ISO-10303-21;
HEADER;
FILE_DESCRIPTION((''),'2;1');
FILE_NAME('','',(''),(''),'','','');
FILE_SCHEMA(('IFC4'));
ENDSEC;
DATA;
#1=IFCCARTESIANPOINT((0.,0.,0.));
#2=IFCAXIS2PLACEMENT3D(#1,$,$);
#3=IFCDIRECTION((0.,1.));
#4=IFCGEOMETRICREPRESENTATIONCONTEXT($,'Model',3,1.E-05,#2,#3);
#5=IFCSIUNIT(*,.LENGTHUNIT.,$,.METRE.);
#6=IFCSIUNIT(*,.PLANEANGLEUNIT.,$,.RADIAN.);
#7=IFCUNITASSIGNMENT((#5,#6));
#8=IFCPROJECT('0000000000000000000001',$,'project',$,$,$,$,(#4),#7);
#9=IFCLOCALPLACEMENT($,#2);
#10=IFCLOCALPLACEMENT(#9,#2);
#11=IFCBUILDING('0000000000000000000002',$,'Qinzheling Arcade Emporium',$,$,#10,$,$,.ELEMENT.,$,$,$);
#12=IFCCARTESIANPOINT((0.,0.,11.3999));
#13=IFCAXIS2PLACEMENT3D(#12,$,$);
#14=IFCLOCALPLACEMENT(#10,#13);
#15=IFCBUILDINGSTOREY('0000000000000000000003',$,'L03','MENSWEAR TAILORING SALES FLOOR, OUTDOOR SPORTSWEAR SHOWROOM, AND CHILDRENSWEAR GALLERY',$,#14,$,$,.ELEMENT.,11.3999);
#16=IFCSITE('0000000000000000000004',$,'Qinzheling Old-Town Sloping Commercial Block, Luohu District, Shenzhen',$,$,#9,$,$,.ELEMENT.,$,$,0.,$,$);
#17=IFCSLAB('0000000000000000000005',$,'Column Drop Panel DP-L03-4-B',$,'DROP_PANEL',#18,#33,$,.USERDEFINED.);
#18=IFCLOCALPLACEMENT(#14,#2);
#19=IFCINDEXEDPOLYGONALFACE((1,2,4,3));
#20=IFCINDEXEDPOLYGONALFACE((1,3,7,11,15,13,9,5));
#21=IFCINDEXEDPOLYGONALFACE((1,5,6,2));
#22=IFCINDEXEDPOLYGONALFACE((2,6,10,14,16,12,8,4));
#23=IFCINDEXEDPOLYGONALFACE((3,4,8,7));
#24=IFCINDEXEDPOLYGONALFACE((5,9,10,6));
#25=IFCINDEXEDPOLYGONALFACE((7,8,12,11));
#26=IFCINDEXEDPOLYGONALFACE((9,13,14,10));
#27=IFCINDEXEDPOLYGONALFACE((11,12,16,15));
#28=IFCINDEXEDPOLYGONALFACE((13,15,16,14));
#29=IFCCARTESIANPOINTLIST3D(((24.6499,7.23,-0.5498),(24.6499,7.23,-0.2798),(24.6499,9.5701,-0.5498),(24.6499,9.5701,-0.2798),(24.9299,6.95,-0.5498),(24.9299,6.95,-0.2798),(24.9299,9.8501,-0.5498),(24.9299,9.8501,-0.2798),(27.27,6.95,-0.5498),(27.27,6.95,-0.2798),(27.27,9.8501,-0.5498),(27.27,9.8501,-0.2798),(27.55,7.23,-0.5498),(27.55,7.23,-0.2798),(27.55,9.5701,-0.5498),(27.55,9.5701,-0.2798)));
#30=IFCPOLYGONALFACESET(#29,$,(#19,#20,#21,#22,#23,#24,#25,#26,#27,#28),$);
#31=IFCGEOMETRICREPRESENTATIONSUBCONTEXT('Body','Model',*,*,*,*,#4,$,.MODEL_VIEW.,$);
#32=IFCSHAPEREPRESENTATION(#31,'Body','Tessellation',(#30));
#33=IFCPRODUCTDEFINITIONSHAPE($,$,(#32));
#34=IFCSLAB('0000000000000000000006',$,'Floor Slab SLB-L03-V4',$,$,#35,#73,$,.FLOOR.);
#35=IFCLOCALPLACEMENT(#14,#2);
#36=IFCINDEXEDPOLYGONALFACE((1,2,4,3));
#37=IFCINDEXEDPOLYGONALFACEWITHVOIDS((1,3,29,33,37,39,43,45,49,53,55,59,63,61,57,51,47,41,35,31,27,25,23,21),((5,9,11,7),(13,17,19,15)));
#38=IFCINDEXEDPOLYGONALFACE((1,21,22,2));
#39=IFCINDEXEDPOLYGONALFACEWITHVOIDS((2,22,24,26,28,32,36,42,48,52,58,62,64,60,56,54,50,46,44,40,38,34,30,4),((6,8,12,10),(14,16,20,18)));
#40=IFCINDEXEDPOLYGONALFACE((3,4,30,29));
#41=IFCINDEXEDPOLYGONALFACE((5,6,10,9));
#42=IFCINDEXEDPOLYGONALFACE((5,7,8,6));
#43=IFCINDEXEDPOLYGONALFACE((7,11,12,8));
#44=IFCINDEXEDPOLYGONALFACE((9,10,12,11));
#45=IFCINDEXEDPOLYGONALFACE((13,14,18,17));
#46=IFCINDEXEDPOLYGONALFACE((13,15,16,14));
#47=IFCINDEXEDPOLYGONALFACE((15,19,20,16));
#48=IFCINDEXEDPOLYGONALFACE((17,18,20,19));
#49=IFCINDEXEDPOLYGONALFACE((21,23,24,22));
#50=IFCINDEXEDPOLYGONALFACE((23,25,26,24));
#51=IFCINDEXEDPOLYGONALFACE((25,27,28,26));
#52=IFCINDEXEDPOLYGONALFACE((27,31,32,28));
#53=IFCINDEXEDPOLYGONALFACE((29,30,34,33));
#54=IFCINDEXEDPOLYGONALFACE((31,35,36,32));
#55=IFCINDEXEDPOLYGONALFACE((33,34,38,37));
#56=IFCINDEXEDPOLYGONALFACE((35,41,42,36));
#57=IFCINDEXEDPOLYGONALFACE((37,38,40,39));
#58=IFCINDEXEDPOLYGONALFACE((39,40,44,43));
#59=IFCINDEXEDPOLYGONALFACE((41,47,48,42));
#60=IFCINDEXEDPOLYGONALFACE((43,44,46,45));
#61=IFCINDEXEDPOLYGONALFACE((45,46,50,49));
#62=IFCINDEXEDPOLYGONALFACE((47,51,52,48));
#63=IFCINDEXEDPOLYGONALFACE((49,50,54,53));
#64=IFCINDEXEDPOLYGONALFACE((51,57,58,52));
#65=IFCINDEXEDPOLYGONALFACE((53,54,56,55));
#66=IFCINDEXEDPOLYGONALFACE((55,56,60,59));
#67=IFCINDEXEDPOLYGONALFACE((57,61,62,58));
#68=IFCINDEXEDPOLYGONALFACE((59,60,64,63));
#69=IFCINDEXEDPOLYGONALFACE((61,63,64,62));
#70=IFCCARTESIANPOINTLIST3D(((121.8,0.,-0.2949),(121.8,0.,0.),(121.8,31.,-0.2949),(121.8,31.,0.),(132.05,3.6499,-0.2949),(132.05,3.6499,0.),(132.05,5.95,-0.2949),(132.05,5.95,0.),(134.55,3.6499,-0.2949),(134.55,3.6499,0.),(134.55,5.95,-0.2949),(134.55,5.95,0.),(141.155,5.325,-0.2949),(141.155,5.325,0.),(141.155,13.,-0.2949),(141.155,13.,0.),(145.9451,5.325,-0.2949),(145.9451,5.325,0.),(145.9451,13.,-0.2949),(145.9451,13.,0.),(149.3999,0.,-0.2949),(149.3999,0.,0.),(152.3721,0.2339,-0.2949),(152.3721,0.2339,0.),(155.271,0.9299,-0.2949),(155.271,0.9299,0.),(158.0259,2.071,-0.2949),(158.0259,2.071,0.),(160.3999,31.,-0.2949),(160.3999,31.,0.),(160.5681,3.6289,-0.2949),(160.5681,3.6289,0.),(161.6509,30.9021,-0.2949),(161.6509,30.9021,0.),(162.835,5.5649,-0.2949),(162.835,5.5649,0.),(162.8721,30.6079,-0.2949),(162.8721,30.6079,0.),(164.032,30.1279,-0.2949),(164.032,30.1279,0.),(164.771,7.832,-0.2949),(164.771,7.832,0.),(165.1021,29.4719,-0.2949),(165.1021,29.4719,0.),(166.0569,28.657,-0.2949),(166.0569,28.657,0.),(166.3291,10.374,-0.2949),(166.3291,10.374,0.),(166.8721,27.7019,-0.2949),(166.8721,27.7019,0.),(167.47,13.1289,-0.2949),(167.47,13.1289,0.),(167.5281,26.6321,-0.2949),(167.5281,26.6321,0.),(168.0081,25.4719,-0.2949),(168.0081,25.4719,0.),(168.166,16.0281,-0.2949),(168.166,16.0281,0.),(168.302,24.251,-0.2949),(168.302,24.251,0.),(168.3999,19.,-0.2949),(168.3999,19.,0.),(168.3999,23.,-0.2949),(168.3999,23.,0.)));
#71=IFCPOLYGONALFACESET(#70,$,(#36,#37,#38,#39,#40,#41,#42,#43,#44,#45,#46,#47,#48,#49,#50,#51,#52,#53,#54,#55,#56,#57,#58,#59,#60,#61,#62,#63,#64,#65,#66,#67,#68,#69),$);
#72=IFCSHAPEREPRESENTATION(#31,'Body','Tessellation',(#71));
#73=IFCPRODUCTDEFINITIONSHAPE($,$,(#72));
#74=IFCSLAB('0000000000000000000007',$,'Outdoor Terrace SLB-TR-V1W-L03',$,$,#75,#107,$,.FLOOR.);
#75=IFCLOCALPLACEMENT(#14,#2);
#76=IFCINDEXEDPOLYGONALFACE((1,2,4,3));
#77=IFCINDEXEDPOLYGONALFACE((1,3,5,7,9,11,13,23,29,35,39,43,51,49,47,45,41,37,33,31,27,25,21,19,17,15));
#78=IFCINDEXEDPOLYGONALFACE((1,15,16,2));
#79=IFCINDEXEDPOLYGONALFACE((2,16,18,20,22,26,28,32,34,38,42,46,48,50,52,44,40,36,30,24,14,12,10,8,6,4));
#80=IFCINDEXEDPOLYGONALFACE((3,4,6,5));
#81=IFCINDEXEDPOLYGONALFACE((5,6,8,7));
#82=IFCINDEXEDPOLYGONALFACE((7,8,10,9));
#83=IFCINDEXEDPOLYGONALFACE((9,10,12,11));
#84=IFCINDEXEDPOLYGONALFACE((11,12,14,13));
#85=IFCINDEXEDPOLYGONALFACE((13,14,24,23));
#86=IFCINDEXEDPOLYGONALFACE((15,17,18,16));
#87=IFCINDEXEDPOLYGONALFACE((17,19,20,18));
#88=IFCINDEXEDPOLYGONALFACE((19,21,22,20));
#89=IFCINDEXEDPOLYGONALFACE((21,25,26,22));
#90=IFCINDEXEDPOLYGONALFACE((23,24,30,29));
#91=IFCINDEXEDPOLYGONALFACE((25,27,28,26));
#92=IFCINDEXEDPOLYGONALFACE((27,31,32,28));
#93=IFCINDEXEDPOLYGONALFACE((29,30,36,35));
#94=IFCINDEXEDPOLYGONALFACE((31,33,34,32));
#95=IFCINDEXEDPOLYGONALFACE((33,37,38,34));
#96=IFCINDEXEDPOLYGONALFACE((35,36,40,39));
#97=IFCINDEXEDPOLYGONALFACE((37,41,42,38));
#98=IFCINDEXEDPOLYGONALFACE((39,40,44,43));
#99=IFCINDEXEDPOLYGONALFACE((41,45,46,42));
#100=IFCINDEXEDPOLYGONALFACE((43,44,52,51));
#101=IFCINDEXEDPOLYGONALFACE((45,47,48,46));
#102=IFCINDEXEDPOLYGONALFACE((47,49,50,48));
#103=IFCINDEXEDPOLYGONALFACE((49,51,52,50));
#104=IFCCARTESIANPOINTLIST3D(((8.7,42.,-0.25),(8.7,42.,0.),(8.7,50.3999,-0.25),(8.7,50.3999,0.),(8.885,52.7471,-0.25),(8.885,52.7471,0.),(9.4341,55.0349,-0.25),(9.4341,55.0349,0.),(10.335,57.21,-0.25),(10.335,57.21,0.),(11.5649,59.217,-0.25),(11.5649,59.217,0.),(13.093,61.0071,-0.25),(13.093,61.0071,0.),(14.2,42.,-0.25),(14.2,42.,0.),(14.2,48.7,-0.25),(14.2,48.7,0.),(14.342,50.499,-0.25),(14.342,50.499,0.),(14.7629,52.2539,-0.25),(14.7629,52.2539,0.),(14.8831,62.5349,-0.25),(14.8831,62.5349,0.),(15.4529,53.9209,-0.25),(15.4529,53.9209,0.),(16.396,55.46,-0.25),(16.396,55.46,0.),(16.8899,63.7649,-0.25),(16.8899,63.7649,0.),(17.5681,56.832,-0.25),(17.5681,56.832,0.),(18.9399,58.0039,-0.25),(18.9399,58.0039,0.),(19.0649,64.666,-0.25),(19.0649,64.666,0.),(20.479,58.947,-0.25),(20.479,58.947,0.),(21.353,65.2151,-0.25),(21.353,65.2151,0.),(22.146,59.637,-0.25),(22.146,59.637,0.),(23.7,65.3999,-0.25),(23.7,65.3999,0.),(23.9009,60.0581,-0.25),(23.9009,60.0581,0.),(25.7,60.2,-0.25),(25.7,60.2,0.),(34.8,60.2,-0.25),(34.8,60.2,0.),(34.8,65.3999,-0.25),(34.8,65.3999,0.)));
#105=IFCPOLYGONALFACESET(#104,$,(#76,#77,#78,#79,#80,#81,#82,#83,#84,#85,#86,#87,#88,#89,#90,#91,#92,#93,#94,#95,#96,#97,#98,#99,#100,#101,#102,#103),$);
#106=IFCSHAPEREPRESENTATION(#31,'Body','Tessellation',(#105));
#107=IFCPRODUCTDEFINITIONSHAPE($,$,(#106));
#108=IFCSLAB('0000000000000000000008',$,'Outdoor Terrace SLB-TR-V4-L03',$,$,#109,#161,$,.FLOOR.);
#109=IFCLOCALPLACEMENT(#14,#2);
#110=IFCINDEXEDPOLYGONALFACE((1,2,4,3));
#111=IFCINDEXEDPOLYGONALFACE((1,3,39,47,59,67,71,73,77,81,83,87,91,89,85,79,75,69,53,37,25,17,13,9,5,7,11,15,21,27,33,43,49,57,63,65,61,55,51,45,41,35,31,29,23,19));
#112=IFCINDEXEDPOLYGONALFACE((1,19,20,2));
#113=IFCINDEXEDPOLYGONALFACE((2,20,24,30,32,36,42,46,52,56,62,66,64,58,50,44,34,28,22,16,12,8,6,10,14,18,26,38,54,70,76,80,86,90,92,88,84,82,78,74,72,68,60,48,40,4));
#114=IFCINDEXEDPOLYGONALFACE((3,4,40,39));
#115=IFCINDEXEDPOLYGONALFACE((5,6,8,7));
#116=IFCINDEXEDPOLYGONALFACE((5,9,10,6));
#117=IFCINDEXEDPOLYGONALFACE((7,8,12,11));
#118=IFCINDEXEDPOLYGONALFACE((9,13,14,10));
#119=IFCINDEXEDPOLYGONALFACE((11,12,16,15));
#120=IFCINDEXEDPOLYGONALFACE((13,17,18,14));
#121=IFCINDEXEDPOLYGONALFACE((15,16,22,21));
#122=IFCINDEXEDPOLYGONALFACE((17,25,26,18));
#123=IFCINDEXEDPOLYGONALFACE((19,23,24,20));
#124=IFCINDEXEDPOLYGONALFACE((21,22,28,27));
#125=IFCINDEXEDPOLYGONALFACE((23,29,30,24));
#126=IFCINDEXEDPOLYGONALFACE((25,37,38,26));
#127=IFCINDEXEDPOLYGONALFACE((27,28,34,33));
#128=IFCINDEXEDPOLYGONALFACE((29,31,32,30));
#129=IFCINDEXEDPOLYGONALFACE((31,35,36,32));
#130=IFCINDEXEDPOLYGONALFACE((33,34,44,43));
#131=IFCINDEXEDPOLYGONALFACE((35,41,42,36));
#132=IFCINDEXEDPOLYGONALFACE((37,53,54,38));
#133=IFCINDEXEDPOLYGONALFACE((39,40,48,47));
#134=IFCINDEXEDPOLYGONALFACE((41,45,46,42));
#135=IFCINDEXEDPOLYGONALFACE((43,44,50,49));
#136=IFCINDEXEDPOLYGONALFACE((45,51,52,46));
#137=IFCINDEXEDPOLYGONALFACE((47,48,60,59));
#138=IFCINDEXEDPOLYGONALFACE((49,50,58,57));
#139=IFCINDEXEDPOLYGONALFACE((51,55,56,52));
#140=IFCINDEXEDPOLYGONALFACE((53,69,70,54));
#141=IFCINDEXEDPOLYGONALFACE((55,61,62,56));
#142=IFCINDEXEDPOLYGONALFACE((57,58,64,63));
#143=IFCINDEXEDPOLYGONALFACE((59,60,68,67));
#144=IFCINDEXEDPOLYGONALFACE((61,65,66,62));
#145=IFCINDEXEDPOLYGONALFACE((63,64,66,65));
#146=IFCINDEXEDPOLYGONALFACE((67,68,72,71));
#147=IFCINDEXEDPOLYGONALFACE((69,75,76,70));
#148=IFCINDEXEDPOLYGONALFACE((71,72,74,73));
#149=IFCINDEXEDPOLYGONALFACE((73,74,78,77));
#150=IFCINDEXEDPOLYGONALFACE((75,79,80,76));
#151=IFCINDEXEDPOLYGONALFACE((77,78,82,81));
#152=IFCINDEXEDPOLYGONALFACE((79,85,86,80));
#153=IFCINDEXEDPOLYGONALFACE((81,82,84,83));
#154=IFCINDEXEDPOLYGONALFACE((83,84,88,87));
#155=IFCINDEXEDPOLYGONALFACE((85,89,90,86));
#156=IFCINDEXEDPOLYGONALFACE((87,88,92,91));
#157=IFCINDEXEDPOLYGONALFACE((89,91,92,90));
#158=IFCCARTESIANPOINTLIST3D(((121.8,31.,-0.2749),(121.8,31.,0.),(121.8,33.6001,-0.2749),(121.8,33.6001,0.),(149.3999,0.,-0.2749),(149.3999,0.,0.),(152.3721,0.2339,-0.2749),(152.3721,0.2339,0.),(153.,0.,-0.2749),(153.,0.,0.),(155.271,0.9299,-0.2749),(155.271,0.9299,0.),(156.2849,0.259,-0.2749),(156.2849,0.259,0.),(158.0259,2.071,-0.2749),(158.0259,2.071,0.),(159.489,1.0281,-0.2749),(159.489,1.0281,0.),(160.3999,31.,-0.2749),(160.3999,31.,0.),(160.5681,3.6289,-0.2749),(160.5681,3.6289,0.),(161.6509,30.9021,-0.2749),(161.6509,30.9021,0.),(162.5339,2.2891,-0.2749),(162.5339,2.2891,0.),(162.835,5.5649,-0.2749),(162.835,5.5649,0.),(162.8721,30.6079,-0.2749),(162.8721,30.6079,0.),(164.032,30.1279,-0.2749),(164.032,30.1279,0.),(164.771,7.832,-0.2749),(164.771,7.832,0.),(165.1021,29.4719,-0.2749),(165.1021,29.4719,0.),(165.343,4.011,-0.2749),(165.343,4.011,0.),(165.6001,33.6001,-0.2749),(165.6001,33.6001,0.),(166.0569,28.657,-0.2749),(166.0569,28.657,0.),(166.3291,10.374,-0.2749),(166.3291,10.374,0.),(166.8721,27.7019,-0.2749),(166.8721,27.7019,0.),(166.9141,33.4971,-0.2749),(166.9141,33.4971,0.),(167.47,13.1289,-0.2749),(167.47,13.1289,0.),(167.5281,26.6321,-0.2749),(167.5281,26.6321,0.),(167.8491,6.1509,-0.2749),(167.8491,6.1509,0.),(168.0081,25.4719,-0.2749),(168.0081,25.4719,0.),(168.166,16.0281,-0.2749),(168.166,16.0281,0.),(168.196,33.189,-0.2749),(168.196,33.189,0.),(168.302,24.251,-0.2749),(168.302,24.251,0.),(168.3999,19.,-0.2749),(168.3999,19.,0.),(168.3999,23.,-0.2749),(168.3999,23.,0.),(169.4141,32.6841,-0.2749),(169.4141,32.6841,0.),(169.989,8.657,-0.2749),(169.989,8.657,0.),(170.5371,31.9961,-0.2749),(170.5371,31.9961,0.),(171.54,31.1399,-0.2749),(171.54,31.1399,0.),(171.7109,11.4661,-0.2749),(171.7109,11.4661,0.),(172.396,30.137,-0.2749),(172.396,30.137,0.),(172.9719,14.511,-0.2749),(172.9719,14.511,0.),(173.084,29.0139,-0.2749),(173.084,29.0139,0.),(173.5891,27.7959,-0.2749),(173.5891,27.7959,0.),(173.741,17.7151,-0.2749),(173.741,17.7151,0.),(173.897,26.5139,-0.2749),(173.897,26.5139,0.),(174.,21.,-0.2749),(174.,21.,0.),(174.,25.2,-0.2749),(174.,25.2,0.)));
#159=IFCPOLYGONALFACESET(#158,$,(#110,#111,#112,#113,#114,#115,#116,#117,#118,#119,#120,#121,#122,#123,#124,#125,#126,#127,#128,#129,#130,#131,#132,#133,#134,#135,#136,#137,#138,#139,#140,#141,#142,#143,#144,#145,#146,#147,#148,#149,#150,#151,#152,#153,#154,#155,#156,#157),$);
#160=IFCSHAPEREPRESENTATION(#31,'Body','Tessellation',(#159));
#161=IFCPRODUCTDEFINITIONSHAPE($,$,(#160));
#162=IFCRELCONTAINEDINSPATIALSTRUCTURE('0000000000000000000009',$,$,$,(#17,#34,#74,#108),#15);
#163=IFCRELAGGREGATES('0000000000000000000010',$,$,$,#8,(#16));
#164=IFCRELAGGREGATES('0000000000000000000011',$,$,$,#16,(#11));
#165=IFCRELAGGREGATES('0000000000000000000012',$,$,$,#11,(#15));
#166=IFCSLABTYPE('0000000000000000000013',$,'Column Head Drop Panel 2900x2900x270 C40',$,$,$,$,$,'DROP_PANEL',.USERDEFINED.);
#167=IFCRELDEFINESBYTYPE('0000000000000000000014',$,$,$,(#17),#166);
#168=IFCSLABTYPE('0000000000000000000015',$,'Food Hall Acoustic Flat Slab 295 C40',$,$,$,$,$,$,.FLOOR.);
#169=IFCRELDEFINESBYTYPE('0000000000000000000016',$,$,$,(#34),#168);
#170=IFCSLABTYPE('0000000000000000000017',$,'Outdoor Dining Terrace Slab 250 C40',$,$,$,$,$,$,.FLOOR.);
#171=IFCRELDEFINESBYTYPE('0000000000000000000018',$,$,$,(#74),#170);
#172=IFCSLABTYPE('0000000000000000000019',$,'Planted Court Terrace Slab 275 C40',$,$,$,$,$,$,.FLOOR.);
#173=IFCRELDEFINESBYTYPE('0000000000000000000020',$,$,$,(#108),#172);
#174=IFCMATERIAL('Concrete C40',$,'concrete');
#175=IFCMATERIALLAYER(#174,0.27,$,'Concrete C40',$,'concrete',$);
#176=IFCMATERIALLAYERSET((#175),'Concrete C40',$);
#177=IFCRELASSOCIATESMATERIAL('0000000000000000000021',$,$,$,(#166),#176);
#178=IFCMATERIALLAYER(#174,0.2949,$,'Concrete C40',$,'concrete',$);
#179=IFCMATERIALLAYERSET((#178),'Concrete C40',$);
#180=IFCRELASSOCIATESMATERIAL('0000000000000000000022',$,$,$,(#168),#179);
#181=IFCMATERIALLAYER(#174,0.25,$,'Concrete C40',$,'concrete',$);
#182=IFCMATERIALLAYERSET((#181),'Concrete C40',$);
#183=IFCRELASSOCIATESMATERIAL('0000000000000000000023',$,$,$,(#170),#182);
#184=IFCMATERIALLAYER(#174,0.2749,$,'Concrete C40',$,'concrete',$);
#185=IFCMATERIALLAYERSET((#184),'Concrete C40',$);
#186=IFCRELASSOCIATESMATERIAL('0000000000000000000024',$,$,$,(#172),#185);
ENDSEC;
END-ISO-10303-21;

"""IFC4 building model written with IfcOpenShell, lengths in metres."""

from ifc_helpers import new_model, si_unit, direction, frame, origin, place, context, subcontext, project, spatial, polyline, outline, extrude, material, layer, layer_set, type_object, element, save


model = new_model("IFC4")

# Units and contexts
model_context = context("Model", 3, precision=1e-05, world=origin(), true_north=direction((0.0, 1.0)))
body_context = subcontext(model_context, "Body", "Model", "MODEL_VIEW")
ifc_project = project(units=[si_unit("LENGTHUNIT", "METRE"), si_unit("PLANEANGLEUNIT", "RADIAN")], contexts=[model_context])

# Site, building, storey
site_placement = place(None, origin())
site = spatial("IfcSite", under=ifc_project, at=site_placement, Name="Qinzheling Old-Town Sloping Commercial Block, Luohu District, Shenzhen", CompositionType="ELEMENT", RefElevation=0.0)
building_placement = place(site_placement, origin())
building = spatial("IfcBuilding", under=site, at=building_placement, Name="Qinzheling Arcade Emporium", CompositionType="ELEMENT")
storey_placement = place(building_placement, frame((0.0, 0.0, 11.3999)))
storey = spatial("IfcBuildingStorey", under=building, at=storey_placement, Name="L03", Description="MENSWEAR TAILORING SALES FLOOR, OUTDOOR SPORTSWEAR SHOWROOM, AND CHILDRENSWEAR GALLERY", CompositionType="ELEMENT", Elevation=11.3999)

# Slabs
ifc_material = material(Name="Concrete C40", Category="concrete")
ifc_layer_1 = layer(ifc_material, 0.27, Name="Concrete C40", Category="concrete")
ifc_layer_set_1 = layer_set([ifc_layer_1], Name="Concrete C40")
slab_type_1 = type_object("IfcSlabType", Name="Column Head Drop Panel 2900x2900x270 C40", ElementType="DROP_PANEL", PredefinedType="USERDEFINED", material=ifc_layer_set_1)
slab_1_placement = place(storey_placement, frame((0.0, 0.0, -0.5498)))
element("IfcSlab", 1, at=slab_1_placement, inside=storey, type_object=slab_type_1, Name="Column Drop Panel DP-L03-4-B", ObjectType="DROP_PANEL", PredefinedType="USERDEFINED", context=body_context, shape_type="SweptSolid", body=[
    extrude(outline(polyline([(24.9299, 6.95), (27.27, 6.95), (27.55, 7.23), (27.55, 9.5701), (27.27, 9.8501), (24.9299, 9.8501), (24.6499, 9.5701), (24.6499, 7.23), (24.9299, 6.95)])), origin(), (0.0, 0.0, 1.0), 0.27),
])
ifc_layer_2 = layer(ifc_material, 0.2949, Name="Concrete C40", Category="concrete")
ifc_layer_set_2 = layer_set([ifc_layer_2], Name="Concrete C40")
slab_type_2 = type_object("IfcSlabType", Name="Food Hall Acoustic Flat Slab 295 C40", PredefinedType="FLOOR", material=ifc_layer_set_2)
slab_2_placement = place(storey_placement, frame((0.0, 0.0, -0.2949)))
element("IfcSlab", 2, at=slab_2_placement, inside=storey, type_object=slab_type_2, Name="Floor Slab SLB-L03-V4", PredefinedType="FLOOR", context=body_context, shape_type="SweptSolid", body=[
    extrude(outline(polyline([(121.8, 31.0), (121.8, 0.0), (149.3999, 0.0), (152.3721, 0.2339), (155.271, 0.9299), (158.0259, 2.071), (160.5681, 3.6289), (162.835, 5.5649), (164.771, 7.832), (166.3291, 10.374), (167.47, 13.1289), (168.166, 16.0281), (168.3999, 19.0), (168.3999, 23.0), (168.302, 24.251), (168.0081, 25.4719), (167.5281, 26.6321), (166.8721, 27.7019), (166.0569, 28.657), (165.1021, 29.4719), (164.032, 30.1279), (162.8721, 30.6079), (161.6509, 30.9021), (160.3999, 31.0), (121.8, 31.0)]), holes=[polyline([(141.155, 5.325), (141.155, 13.0), (145.9451, 13.0), (145.9451, 5.325), (141.155, 5.325)]), polyline([(134.55, 3.6499), (132.05, 3.6499), (132.05, 5.95), (134.55, 5.95), (134.55, 3.6499)])]), origin(), (0.0, 0.0, 1.0), 0.2949),
])
ifc_layer_3 = layer(ifc_material, 0.25, Name="Concrete C40", Category="concrete")
ifc_layer_set_3 = layer_set([ifc_layer_3], Name="Concrete C40")
slab_type_3 = type_object("IfcSlabType", Name="Outdoor Dining Terrace Slab 250 C40", PredefinedType="FLOOR", material=ifc_layer_set_3)
slab_3_placement = place(storey_placement, frame((0.0, 0.0, -0.25)))
element("IfcSlab", 3, at=slab_3_placement, inside=storey, type_object=slab_type_3, Name="Outdoor Terrace SLB-TR-V1W-L03", PredefinedType="FLOOR", context=body_context, shape_type="SweptSolid", body=[
    extrude(outline(polyline([(8.7, 42.0), (14.2, 42.0), (14.2, 48.7), (14.342, 50.499), (14.7629, 52.2539), (15.4529, 53.9209), (16.396, 55.46), (17.5681, 56.832), (18.9399, 58.0039), (20.479, 58.947), (22.146, 59.637), (23.9009, 60.0581), (25.7, 60.2), (34.8, 60.2), (34.8, 65.3999), (23.7, 65.3999), (21.353, 65.2151), (19.0649, 64.666), (16.8899, 63.7649), (14.8831, 62.5349), (13.093, 61.0071), (11.5649, 59.217), (10.335, 57.21), (9.4341, 55.0349), (8.885, 52.7471), (8.7, 50.3999), (8.7, 42.0)])), origin(), (0.0, 0.0, 1.0), 0.25),
])
ifc_layer_4 = layer(ifc_material, 0.2749, Name="Concrete C40", Category="concrete")
ifc_layer_set_4 = layer_set([ifc_layer_4], Name="Concrete C40")
slab_type_4 = type_object("IfcSlabType", Name="Planted Court Terrace Slab 275 C40", PredefinedType="FLOOR", material=ifc_layer_set_4)
slab_4_placement = place(storey_placement, frame((0.0, 0.0, -0.2749)))
element("IfcSlab", 4, at=slab_4_placement, inside=storey, type_object=slab_type_4, Name="Outdoor Terrace SLB-TR-V4-L03", PredefinedType="FLOOR", context=body_context, shape_type="SweptSolid", body=[
    extrude(outline(polyline([(121.8, 33.6001), (121.8, 31.0), (160.3999, 31.0), (161.6509, 30.9021), (162.8721, 30.6079), (164.032, 30.1279), (165.1021, 29.4719), (166.0569, 28.657), (166.8721, 27.7019), (167.5281, 26.6321), (168.0081, 25.4719), (168.302, 24.251), (168.3999, 23.0), (168.3999, 19.0), (168.166, 16.0281), (167.47, 13.1289), (166.3291, 10.374), (164.771, 7.832), (162.835, 5.5649), (160.5681, 3.6289), (158.0259, 2.071), (155.271, 0.9299), (152.3721, 0.2339), (149.3999, 0.0), (153.0, 0.0), (156.2849, 0.259), (159.489, 1.0281), (162.5339, 2.2891), (165.343, 4.011), (167.8491, 6.1509), (169.989, 8.657), (171.7109, 11.4661), (172.9719, 14.511), (173.741, 17.7151), (174.0, 21.0), (174.0, 25.2), (173.897, 26.5139), (173.5891, 27.7959), (173.084, 29.0139), (172.396, 30.137), (171.54, 31.1399), (170.5371, 31.9961), (169.4141, 32.6841), (168.196, 33.189), (166.9141, 33.4971), (165.6001, 33.6001), (121.8, 33.6001)])), origin(), (0.0, 0.0, 1.0), 0.2749),
])

save(model, "model.ifc")
